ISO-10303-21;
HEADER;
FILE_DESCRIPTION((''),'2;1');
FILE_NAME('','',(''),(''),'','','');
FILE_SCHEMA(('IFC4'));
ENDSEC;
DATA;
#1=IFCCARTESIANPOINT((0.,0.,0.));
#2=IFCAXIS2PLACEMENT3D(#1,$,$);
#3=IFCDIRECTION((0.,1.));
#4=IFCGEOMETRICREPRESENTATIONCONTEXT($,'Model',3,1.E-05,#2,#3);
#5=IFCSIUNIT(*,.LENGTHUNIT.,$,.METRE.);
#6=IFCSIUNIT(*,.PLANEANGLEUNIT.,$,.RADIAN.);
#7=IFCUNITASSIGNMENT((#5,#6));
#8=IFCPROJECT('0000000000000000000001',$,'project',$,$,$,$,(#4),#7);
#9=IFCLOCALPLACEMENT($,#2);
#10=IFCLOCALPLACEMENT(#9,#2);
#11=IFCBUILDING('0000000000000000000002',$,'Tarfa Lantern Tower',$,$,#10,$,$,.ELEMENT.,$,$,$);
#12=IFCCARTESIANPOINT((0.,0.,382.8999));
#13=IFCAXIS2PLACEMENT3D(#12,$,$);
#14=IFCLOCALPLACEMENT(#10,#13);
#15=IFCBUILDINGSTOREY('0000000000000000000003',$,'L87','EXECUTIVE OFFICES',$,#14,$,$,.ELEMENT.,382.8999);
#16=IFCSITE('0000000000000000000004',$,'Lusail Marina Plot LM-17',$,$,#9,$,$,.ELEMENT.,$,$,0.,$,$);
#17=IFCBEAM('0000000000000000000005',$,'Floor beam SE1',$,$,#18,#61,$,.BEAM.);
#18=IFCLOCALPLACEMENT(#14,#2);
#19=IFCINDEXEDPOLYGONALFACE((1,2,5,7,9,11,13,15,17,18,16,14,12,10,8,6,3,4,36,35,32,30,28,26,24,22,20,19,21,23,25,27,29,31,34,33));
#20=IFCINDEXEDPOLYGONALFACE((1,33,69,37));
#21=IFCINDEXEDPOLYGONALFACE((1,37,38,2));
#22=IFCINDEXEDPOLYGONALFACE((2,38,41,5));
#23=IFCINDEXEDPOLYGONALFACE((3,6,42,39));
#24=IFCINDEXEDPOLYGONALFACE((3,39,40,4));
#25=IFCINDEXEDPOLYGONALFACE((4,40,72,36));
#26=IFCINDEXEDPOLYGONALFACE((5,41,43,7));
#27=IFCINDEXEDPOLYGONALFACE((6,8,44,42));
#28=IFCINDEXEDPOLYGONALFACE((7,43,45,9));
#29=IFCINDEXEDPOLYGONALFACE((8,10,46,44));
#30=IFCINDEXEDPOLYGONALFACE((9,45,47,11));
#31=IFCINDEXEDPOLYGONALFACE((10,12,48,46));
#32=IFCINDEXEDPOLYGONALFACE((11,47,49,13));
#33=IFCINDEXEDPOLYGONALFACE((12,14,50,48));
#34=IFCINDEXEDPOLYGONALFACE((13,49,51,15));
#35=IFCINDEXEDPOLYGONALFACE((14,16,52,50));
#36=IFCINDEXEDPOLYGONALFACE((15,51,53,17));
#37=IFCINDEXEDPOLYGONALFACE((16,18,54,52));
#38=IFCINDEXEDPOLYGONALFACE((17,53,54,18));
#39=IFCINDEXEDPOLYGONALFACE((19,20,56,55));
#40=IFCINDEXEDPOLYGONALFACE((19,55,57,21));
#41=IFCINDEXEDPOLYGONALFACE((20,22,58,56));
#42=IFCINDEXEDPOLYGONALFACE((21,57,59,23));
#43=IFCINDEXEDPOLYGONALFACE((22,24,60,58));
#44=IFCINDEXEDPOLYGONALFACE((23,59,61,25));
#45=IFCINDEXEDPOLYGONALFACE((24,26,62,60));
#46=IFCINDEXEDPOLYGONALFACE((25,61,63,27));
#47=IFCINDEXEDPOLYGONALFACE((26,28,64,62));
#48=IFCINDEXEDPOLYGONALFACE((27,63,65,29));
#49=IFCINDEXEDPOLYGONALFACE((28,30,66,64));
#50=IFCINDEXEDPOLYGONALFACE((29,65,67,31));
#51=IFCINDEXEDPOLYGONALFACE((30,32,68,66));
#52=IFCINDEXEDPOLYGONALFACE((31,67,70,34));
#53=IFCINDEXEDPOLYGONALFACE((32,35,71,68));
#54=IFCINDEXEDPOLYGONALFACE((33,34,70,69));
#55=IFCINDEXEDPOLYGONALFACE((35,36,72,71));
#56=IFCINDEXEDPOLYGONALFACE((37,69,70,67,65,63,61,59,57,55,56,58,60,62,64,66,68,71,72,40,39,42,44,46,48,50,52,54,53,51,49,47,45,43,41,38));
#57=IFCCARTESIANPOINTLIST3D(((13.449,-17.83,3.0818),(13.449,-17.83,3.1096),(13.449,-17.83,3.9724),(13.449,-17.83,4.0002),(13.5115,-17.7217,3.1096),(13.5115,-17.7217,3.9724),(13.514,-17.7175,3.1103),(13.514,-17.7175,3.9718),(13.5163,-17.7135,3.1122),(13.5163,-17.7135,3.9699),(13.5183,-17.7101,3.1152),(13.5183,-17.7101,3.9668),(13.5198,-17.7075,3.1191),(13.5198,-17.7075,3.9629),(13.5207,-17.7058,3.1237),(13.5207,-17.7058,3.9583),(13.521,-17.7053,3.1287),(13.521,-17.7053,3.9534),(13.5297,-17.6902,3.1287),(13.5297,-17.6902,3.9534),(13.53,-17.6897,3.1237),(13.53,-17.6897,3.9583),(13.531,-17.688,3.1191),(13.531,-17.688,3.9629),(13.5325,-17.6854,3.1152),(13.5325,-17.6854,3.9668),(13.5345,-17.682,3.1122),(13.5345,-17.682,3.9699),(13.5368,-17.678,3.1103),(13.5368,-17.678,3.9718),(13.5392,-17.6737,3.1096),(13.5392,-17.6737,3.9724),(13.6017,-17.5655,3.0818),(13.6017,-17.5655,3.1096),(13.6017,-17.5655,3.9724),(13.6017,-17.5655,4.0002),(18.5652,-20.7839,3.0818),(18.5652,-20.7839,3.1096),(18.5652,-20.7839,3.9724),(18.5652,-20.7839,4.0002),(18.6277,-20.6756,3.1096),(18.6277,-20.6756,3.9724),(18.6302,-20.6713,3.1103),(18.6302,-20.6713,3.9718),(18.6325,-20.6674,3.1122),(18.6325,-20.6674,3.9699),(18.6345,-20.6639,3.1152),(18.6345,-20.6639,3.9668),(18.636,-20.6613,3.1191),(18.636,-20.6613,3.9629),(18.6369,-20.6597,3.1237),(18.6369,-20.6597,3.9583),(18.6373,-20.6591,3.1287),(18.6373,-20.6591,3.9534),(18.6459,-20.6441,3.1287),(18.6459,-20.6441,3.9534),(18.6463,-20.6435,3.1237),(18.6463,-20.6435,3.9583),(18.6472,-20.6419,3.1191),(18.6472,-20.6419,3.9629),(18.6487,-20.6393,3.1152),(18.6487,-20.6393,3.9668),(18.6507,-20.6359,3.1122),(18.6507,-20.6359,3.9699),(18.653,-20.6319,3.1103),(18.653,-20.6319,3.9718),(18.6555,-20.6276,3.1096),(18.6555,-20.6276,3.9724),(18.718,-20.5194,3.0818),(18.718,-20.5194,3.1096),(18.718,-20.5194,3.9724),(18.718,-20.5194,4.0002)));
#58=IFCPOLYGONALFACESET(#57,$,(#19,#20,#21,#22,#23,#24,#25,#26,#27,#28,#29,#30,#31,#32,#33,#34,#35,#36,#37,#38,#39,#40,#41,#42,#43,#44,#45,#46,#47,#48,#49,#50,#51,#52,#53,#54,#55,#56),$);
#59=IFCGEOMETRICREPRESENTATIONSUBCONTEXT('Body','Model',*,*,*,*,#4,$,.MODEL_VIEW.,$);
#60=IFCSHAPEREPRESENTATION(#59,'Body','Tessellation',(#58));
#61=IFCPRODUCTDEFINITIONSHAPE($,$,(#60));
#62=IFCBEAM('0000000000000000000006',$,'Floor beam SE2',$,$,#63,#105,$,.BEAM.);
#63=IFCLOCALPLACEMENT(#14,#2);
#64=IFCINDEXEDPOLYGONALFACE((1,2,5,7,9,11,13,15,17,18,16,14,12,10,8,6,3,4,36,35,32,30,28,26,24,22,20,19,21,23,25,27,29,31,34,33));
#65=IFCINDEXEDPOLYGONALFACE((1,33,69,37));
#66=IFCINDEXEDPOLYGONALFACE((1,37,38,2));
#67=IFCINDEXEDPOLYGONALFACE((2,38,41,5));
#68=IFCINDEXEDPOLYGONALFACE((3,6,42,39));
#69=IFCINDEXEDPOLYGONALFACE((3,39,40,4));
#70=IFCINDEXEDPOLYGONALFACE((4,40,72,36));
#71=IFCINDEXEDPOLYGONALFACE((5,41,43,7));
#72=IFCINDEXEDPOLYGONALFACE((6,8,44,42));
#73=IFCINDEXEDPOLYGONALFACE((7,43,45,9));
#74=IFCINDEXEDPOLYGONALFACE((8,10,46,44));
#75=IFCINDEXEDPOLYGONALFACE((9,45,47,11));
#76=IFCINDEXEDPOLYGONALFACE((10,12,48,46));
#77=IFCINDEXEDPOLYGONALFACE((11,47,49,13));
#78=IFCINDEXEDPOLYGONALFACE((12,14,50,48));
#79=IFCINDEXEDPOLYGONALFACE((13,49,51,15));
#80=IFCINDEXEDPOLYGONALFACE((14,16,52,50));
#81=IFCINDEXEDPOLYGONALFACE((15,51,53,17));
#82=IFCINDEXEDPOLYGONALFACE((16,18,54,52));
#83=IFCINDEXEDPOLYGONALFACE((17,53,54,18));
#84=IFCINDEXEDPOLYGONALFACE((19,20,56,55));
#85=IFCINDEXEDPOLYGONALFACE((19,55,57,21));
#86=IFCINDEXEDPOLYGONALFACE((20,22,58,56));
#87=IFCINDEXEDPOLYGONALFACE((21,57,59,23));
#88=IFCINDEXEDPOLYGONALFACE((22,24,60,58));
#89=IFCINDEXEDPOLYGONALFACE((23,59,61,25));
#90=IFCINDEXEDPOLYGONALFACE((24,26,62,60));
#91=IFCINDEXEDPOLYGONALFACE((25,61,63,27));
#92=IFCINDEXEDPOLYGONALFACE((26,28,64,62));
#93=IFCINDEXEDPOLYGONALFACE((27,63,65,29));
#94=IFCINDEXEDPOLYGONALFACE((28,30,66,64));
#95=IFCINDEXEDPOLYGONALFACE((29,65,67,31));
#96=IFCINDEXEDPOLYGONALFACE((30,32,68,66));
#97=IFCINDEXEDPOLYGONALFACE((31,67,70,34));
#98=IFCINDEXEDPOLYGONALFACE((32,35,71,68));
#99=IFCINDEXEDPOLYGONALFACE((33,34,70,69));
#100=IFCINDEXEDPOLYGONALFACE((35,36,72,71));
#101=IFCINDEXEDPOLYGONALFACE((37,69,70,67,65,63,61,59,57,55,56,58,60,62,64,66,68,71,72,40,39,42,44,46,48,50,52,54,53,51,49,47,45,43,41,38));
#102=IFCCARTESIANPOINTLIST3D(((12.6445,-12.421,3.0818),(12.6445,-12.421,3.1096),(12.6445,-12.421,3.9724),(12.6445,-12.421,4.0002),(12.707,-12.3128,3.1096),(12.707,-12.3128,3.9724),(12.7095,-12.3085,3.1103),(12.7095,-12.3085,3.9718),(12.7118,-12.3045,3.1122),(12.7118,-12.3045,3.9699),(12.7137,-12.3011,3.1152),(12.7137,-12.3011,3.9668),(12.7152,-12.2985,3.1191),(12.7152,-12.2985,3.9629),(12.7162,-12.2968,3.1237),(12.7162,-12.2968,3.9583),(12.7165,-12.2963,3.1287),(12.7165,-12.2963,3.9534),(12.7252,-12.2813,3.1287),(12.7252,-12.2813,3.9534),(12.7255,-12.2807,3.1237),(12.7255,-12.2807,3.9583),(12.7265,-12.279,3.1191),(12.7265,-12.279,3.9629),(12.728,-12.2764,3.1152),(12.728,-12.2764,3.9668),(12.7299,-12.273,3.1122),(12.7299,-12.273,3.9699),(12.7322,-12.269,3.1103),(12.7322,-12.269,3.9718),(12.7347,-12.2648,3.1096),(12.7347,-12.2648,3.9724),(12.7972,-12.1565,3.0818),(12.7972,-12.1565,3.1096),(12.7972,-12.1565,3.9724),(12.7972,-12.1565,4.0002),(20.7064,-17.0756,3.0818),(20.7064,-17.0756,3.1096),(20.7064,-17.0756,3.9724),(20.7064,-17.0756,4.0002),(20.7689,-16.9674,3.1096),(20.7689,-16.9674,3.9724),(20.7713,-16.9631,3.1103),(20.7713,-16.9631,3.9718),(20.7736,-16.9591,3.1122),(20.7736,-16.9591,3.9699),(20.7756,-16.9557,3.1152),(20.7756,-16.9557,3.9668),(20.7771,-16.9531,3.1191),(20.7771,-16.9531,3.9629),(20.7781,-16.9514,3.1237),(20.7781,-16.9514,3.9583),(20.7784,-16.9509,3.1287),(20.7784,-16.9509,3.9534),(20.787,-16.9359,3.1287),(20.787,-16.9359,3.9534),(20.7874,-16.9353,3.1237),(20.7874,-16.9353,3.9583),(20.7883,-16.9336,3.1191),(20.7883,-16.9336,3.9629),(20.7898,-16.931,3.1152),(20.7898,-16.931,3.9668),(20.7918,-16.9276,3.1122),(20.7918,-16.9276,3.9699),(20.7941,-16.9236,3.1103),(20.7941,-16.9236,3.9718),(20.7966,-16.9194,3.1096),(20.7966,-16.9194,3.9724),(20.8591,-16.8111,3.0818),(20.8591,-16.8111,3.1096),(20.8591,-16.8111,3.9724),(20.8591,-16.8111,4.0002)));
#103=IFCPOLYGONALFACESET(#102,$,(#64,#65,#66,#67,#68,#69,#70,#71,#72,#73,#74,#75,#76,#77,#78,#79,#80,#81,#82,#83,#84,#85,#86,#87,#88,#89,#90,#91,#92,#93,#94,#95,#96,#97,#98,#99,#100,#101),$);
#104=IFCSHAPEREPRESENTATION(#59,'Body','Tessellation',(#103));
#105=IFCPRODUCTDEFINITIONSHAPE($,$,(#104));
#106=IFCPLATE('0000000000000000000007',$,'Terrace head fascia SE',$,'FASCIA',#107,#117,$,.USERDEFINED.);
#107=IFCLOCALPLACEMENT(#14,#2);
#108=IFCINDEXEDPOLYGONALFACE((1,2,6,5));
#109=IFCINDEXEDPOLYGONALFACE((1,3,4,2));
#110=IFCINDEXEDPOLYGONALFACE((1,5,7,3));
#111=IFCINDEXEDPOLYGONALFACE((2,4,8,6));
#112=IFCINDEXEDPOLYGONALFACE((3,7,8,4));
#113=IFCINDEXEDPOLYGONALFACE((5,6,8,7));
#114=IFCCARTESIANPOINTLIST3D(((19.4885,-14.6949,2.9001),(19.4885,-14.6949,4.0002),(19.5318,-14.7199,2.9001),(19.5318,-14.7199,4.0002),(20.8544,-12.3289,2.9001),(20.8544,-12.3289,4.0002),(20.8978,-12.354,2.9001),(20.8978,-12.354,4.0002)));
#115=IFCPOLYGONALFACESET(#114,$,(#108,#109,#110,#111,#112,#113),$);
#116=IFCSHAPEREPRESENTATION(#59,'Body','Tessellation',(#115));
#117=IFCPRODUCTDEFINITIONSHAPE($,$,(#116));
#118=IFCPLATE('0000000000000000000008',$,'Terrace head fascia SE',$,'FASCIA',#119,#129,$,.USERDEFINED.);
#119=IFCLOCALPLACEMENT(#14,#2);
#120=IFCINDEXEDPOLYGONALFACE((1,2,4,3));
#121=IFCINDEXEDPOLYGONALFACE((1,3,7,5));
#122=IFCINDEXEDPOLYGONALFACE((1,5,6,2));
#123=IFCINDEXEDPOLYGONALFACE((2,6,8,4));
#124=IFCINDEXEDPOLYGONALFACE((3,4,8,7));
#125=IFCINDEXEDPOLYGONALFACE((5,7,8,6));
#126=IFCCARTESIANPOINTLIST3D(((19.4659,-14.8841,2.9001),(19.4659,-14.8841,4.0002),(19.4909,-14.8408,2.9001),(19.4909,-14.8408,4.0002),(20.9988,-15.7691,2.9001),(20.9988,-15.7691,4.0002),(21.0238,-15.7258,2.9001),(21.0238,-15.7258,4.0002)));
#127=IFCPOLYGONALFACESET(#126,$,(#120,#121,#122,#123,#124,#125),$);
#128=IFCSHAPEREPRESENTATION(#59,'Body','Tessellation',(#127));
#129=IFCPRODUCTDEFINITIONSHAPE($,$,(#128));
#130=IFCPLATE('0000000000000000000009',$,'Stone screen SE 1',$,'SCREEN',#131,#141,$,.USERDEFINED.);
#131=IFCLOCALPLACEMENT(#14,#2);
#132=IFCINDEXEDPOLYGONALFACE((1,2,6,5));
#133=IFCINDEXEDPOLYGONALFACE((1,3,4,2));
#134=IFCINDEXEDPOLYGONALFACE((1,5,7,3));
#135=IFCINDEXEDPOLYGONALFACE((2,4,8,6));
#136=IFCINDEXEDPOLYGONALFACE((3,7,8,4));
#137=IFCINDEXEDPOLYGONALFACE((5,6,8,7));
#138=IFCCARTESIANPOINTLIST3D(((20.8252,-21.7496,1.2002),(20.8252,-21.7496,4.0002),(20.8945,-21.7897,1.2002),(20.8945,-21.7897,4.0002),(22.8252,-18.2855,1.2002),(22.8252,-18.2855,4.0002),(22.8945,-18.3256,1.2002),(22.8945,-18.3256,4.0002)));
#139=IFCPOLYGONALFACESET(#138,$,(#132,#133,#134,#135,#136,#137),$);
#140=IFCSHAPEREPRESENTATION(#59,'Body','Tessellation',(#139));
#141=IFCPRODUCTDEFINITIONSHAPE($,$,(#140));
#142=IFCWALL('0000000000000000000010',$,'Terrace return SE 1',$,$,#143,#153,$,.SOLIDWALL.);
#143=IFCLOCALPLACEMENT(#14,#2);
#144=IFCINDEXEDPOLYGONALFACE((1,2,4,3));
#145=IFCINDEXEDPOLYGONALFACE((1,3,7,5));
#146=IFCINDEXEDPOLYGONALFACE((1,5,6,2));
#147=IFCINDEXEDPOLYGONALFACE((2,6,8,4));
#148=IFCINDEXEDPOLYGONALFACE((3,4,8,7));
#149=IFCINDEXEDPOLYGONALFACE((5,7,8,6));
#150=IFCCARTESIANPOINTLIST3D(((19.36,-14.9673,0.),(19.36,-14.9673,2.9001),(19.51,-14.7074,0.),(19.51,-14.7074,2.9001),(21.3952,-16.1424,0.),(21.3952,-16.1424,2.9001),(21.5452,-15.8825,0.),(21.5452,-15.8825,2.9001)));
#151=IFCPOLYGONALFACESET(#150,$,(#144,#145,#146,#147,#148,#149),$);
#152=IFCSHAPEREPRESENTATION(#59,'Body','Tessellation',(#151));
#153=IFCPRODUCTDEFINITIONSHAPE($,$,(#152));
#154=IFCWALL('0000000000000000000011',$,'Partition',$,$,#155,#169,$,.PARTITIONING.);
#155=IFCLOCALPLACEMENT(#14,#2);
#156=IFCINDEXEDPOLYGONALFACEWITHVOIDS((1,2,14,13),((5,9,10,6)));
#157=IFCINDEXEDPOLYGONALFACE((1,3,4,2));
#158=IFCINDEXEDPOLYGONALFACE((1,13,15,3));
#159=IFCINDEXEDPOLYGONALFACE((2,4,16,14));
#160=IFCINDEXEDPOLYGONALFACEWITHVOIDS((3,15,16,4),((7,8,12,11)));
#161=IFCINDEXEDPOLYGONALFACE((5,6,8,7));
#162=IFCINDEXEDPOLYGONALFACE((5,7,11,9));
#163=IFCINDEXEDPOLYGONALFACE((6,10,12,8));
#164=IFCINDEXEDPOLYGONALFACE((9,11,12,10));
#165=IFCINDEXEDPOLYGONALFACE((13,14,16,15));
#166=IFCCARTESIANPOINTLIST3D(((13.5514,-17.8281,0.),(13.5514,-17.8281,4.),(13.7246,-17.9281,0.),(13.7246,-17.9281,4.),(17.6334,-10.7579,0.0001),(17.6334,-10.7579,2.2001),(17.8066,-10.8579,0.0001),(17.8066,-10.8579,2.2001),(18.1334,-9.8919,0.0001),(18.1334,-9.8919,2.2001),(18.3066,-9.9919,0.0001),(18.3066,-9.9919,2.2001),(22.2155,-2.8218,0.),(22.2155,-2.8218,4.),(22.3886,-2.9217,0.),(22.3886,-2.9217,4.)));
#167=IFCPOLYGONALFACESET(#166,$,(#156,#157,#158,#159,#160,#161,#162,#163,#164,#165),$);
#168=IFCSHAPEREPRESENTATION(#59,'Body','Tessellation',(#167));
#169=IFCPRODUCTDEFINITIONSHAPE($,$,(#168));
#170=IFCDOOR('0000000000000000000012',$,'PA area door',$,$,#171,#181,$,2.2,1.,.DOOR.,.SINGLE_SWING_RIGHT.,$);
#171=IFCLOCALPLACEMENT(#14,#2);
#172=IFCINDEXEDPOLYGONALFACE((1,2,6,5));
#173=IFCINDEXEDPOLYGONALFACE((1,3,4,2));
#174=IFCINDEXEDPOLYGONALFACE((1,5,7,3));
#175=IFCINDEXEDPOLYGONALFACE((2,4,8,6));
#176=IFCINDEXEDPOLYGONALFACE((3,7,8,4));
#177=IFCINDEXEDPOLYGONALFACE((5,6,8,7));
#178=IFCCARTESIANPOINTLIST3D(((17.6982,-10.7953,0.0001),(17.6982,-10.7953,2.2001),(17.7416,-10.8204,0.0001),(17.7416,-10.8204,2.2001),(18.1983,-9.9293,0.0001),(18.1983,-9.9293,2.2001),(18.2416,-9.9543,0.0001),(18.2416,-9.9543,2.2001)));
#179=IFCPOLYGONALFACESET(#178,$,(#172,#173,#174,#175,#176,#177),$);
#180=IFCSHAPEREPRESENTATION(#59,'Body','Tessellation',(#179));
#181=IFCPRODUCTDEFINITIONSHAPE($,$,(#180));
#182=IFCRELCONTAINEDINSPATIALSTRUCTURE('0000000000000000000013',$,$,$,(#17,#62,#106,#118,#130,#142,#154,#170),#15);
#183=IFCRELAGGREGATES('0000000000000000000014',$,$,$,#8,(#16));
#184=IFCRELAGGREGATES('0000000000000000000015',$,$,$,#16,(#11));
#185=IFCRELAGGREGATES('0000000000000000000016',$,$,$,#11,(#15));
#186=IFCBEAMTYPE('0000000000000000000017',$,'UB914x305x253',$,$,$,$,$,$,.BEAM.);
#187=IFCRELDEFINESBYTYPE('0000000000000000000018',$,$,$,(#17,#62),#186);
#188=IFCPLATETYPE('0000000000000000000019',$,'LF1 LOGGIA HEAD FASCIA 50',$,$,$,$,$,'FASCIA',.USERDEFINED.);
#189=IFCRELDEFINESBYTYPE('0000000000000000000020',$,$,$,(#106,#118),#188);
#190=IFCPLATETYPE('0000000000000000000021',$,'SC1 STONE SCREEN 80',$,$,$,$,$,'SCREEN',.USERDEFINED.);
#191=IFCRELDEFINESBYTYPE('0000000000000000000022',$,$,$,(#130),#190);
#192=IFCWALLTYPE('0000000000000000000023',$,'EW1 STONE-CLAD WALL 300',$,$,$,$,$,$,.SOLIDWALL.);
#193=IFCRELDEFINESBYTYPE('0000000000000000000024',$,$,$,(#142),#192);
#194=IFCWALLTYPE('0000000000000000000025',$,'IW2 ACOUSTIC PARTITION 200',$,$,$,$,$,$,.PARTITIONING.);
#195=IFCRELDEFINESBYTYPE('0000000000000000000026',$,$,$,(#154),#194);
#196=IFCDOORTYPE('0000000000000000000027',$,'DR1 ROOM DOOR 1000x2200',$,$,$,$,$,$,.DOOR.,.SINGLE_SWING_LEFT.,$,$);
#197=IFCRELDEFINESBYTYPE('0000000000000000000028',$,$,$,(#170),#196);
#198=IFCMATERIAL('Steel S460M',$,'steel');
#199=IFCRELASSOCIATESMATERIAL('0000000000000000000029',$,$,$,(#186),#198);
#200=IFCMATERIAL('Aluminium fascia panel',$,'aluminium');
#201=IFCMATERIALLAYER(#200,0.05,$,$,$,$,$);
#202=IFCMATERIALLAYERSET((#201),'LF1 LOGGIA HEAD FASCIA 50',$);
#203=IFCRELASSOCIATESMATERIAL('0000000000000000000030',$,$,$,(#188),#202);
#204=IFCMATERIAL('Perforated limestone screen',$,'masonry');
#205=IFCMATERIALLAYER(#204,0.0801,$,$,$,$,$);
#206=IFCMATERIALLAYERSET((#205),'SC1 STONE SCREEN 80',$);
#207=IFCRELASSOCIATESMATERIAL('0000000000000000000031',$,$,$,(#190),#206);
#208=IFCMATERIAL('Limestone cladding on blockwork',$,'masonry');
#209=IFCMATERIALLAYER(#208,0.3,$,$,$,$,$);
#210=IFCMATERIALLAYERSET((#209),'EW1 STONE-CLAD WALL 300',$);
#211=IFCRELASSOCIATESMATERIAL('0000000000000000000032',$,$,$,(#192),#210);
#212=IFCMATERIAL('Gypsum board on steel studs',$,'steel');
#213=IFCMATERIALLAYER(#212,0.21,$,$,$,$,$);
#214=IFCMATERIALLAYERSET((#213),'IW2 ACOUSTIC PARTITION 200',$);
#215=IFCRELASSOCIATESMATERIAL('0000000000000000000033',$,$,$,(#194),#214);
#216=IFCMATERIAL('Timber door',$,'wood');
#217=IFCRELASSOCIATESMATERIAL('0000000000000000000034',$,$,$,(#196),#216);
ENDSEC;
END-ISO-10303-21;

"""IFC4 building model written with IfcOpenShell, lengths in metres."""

from ifc_helpers import new_model, si_unit, direction, frame, frame_2d, origin, origin_2d, place, context, subcontext, project, spatial, rectangle, i_section, extrude, material, layer, layer_set, material_profile, profile_set, type_object, element, fill, save


model = new_model("IFC4")

# Units and contexts
model_context = context("Model", 3, precision=1e-05, world=origin(), true_north=direction((0.0, 1.0)))
body_context = subcontext(model_context, "Body", "Model", "MODEL_VIEW")
ifc_project = project(units=[si_unit("LENGTHUNIT", "METRE"), si_unit("PLANEANGLEUNIT", "RADIAN")], contexts=[model_context])

# Site, building, storey
site_placement = place(None, origin())
site = spatial("IfcSite", under=ifc_project, at=site_placement, Name="Lusail Marina Plot LM-17", CompositionType="ELEMENT", RefElevation=0.0)
building_placement = place(site_placement, origin())
building = spatial("IfcBuilding", under=site, at=building_placement, Name="Tarfa Lantern Tower", CompositionType="ELEMENT")
storey_placement = place(building_placement, frame((0.0, 0.0, 382.8999)))
storey = spatial("IfcBuildingStorey", under=building, at=storey_placement, Name="L87", Description="EXECUTIVE OFFICES", CompositionType="ELEMENT", Elevation=382.8999)

# Beams
ifc_material_1 = material(Name="Steel S460M", Category="steel")
ifc_material_profile_1 = material_profile(ifc_material_1, i_section(OverallWidth=0.3054, OverallDepth=0.9185, WebThickness=0.0173, FlangeThickness=0.0278, FilletRadius=0.019, at=origin_2d()), Name="UB914x305x253")
ifc_profile_set_1 = profile_set([ifc_material_profile_1], Name="Steel S460M")
beam_type_1 = type_object("IfcBeamType", Name="UB914x305x253", PredefinedType="BEAM", material=ifc_profile_set_1)
beam_1_placement = place(storey_placement, frame((18.6416, -20.6516, 3.541), z_axis=(-0.866025, 0.500001, 0.0), x_axis=(-0.500001, -0.866025, 0.0)))
element("IfcBeam", 1, at=beam_1_placement, inside=storey, type_object=beam_type_1, Name="Floor beam SE1", PredefinedType="BEAM", context=body_context, shape_type="SweptSolid", body=[
    extrude(i_section(OverallWidth=0.3054, OverallDepth=0.9185, WebThickness=0.0173, FlangeThickness=0.0278, FilletRadius=0.019, at=origin_2d()), origin(), (0.0, 0.0, 1.0), 5.9077),
])
beam_2_placement = place(storey_placement, frame((20.7827, -16.9434, 3.541), z_axis=(-0.866022, 0.500006, 0.0), x_axis=(-0.500006, -0.866022, 0.0)))
element("IfcBeam", 2, at=beam_2_placement, inside=storey, type_object=beam_type_1, Name="Floor beam SE2", PredefinedType="BEAM", context=body_context, shape_type="SweptSolid", body=[
    extrude(i_section(OverallWidth=0.3054, OverallDepth=0.9185, WebThickness=0.0173, FlangeThickness=0.0278, FilletRadius=0.019, at=origin_2d()), origin(), (0.0, 0.0, 1.0), 9.3091),
])

# Plates
ifc_material_2 = material(Name="Aluminium fascia panel", Category="aluminium")
ifc_layer_1 = layer(ifc_material_2, 0.05)
ifc_layer_set_1 = layer_set([ifc_layer_1], Name="LF1 LOGGIA HEAD FASCIA 50")
plate_type_1 = type_object("IfcPlateType", Name="LF1 LOGGIA HEAD FASCIA 50", ElementType="FASCIA", PredefinedType="USERDEFINED", material=ifc_layer_set_1)
plate_1_placement = place(storey_placement, frame((20.1931, -13.5244, 2.9001), z_axis=(0.0, 0.0, 1.0), x_axis=(0.5, 0.866025, 0.0)))
element("IfcPlate", 3, at=plate_1_placement, inside=storey, type_object=plate_type_1, Name="Terrace head fascia SE", ObjectType="FASCIA", PredefinedType="USERDEFINED", context=body_context, shape_type="SweptSolid", body=[
    extrude(rectangle(XDim=2.7319, YDim=0.05, at=origin_2d()), origin(), (0.0, 0.0, 1.0), 1.1001),
])
plate_2_placement = place(storey_placement, frame((20.2449, -15.3049, 2.9001), z_axis=(0.0, 0.0, 1.0), x_axis=(-0.866025, 0.5, 0.0)))
element("IfcPlate", 4, at=plate_2_placement, inside=storey, type_object=plate_type_1, Name="Terrace head fascia SE", ObjectType="FASCIA", PredefinedType="USERDEFINED", context=body_context, shape_type="SweptSolid", body=[
    extrude(rectangle(XDim=1.77, YDim=0.05, at=origin_2d()), origin(), (0.0, 0.0, 1.0), 1.1001),
])
ifc_material_3 = material(Name="Perforated limestone screen", Category="masonry")
ifc_layer_2 = layer(ifc_material_3, 0.0801)
ifc_layer_set_2 = layer_set([ifc_layer_2], Name="SC1 STONE SCREEN 80")
plate_type_2 = type_object("IfcPlateType", Name="SC1 STONE SCREEN 80", ElementType="SCREEN", PredefinedType="USERDEFINED", material=ifc_layer_set_2)
plate_3_placement = place(storey_placement, frame((21.8599, -20.0376, 1.2002), z_axis=(0.0, 0.0, 1.0), x_axis=(0.5, 0.866025, 0.0)))
element("IfcPlate", 5, at=plate_3_placement, inside=storey, type_object=plate_type_2, Name="Stone screen SE 1", ObjectType="SCREEN", PredefinedType="USERDEFINED", context=body_context, shape_type="SweptSolid", body=[
    extrude(rectangle(XDim=4.0, YDim=0.0801, at=origin_2d()), origin(), (0.0, 0.0, 1.0), 2.8),
])

# Shared definitions
ifc_material_4 = material(Name="Limestone cladding on blockwork", Category="masonry")
ifc_layer_3 = layer(ifc_material_4, 0.3)
ifc_layer_set_3 = layer_set([ifc_layer_3], Name="EW1 STONE-CLAD WALL 300")
wall_type_1 = type_object("IfcWallType", Name="EW1 STONE-CLAD WALL 300", PredefinedType="SOLIDWALL", material=ifc_layer_set_3)

# Wall
wall_1_placement = place(storey_placement, frame((21.4702, -16.0125, 0.0), z_axis=(0.0, 0.0, 1.0), x_axis=(-0.866016, 0.500016, 0.0)))
element("IfcWall", 6, at=wall_1_placement, inside=storey, type_object=wall_type_1, Name="Terrace return SE 1", PredefinedType="SOLIDWALL", context=body_context, shape_type="SweptSolid", body=[
    extrude(rectangle(XDim=2.3501, YDim=0.3, at=frame_2d((1.175, 0.0))), origin(), (0.0, 0.0, 1.0), 2.9001),
])

# Wall, opening, door
ifc_material_5 = material(Name="Gypsum board on steel studs", Category="steel")
ifc_layer_4 = layer(ifc_material_5, 0.21)
ifc_layer_set_4 = layer_set([ifc_layer_4], Name="IW2 ACOUSTIC PARTITION 200")
wall_type_2 = type_object("IfcWallType", Name="IW2 ACOUSTIC PARTITION 200", PredefinedType="PARTITIONING", material=ifc_layer_set_4)
wall_2_placement = place(storey_placement, frame((13.6379, -17.8782, 0.0), z_axis=(0.0, 0.0, 1.0), x_axis=(0.500006, 0.866022, 0.0)))
wall_2 = element("IfcWall", 7, at=wall_2_placement, inside=storey, type_object=wall_type_2, Name="Partition", PredefinedType="PARTITIONING", context=body_context, shape_type="SweptSolid", body=[
    extrude(rectangle(XDim=17.3279, YDim=0.2, at=frame_2d((8.6641, 0.0))), origin(), (0.0, 0.0, 1.0), 4.0),
])
opening_1_placement = place(wall_2_placement, frame((8.1641, 0.0, 0.0)))
opening_1 = element("IfcOpeningElement", 8, at=opening_1_placement, cuts=wall_2, PredefinedType="OPENING", context=body_context, shape_type="SweptSolid", body=[
    extrude(rectangle(XDim=1.0, YDim=2.2, at=frame_2d((0.5, 1.1001))), frame((0.0, 0.1099, 0.0), z_axis=(0.0, -1.0, 0.0), x_axis=(1.0, 0.0, 0.0)), (0.0, 0.0, 1.0), 0.22),
])
ifc_material_6 = material(Name="Timber door", Category="wood")
door_type_1 = type_object("IfcDoorType", Name="DR1 ROOM DOOR 1000x2200", OperationType="SINGLE_SWING_LEFT", PredefinedType="DOOR", material=ifc_material_6)
door_1_placement = place(opening_1_placement, frame((1.0, 0.0, 0.0), z_axis=(0.0, 0.0, 1.0), x_axis=(-1.0, 0.0, 0.0)))
door_1 = element("IfcDoor", 9, at=door_1_placement, inside=storey, type_object=door_type_1, Name="PA area door", OperationType="SINGLE_SWING_RIGHT", OverallHeight=2.2, OverallWidth=1.0, PredefinedType="DOOR", context=body_context, shape_type="SweptSolid", body=[
    extrude(rectangle(XDim=1.0, YDim=2.2, at=frame_2d((0.5, 1.1001))), frame((0.0, 0.0249, 0.0), z_axis=(0.0, -1.0, 0.0), x_axis=(1.0, 0.0, 0.0)), (0.0, 0.0, 1.0), 0.05),
])
fill(opening_1, door_1)

save(model, "model.ifc")
